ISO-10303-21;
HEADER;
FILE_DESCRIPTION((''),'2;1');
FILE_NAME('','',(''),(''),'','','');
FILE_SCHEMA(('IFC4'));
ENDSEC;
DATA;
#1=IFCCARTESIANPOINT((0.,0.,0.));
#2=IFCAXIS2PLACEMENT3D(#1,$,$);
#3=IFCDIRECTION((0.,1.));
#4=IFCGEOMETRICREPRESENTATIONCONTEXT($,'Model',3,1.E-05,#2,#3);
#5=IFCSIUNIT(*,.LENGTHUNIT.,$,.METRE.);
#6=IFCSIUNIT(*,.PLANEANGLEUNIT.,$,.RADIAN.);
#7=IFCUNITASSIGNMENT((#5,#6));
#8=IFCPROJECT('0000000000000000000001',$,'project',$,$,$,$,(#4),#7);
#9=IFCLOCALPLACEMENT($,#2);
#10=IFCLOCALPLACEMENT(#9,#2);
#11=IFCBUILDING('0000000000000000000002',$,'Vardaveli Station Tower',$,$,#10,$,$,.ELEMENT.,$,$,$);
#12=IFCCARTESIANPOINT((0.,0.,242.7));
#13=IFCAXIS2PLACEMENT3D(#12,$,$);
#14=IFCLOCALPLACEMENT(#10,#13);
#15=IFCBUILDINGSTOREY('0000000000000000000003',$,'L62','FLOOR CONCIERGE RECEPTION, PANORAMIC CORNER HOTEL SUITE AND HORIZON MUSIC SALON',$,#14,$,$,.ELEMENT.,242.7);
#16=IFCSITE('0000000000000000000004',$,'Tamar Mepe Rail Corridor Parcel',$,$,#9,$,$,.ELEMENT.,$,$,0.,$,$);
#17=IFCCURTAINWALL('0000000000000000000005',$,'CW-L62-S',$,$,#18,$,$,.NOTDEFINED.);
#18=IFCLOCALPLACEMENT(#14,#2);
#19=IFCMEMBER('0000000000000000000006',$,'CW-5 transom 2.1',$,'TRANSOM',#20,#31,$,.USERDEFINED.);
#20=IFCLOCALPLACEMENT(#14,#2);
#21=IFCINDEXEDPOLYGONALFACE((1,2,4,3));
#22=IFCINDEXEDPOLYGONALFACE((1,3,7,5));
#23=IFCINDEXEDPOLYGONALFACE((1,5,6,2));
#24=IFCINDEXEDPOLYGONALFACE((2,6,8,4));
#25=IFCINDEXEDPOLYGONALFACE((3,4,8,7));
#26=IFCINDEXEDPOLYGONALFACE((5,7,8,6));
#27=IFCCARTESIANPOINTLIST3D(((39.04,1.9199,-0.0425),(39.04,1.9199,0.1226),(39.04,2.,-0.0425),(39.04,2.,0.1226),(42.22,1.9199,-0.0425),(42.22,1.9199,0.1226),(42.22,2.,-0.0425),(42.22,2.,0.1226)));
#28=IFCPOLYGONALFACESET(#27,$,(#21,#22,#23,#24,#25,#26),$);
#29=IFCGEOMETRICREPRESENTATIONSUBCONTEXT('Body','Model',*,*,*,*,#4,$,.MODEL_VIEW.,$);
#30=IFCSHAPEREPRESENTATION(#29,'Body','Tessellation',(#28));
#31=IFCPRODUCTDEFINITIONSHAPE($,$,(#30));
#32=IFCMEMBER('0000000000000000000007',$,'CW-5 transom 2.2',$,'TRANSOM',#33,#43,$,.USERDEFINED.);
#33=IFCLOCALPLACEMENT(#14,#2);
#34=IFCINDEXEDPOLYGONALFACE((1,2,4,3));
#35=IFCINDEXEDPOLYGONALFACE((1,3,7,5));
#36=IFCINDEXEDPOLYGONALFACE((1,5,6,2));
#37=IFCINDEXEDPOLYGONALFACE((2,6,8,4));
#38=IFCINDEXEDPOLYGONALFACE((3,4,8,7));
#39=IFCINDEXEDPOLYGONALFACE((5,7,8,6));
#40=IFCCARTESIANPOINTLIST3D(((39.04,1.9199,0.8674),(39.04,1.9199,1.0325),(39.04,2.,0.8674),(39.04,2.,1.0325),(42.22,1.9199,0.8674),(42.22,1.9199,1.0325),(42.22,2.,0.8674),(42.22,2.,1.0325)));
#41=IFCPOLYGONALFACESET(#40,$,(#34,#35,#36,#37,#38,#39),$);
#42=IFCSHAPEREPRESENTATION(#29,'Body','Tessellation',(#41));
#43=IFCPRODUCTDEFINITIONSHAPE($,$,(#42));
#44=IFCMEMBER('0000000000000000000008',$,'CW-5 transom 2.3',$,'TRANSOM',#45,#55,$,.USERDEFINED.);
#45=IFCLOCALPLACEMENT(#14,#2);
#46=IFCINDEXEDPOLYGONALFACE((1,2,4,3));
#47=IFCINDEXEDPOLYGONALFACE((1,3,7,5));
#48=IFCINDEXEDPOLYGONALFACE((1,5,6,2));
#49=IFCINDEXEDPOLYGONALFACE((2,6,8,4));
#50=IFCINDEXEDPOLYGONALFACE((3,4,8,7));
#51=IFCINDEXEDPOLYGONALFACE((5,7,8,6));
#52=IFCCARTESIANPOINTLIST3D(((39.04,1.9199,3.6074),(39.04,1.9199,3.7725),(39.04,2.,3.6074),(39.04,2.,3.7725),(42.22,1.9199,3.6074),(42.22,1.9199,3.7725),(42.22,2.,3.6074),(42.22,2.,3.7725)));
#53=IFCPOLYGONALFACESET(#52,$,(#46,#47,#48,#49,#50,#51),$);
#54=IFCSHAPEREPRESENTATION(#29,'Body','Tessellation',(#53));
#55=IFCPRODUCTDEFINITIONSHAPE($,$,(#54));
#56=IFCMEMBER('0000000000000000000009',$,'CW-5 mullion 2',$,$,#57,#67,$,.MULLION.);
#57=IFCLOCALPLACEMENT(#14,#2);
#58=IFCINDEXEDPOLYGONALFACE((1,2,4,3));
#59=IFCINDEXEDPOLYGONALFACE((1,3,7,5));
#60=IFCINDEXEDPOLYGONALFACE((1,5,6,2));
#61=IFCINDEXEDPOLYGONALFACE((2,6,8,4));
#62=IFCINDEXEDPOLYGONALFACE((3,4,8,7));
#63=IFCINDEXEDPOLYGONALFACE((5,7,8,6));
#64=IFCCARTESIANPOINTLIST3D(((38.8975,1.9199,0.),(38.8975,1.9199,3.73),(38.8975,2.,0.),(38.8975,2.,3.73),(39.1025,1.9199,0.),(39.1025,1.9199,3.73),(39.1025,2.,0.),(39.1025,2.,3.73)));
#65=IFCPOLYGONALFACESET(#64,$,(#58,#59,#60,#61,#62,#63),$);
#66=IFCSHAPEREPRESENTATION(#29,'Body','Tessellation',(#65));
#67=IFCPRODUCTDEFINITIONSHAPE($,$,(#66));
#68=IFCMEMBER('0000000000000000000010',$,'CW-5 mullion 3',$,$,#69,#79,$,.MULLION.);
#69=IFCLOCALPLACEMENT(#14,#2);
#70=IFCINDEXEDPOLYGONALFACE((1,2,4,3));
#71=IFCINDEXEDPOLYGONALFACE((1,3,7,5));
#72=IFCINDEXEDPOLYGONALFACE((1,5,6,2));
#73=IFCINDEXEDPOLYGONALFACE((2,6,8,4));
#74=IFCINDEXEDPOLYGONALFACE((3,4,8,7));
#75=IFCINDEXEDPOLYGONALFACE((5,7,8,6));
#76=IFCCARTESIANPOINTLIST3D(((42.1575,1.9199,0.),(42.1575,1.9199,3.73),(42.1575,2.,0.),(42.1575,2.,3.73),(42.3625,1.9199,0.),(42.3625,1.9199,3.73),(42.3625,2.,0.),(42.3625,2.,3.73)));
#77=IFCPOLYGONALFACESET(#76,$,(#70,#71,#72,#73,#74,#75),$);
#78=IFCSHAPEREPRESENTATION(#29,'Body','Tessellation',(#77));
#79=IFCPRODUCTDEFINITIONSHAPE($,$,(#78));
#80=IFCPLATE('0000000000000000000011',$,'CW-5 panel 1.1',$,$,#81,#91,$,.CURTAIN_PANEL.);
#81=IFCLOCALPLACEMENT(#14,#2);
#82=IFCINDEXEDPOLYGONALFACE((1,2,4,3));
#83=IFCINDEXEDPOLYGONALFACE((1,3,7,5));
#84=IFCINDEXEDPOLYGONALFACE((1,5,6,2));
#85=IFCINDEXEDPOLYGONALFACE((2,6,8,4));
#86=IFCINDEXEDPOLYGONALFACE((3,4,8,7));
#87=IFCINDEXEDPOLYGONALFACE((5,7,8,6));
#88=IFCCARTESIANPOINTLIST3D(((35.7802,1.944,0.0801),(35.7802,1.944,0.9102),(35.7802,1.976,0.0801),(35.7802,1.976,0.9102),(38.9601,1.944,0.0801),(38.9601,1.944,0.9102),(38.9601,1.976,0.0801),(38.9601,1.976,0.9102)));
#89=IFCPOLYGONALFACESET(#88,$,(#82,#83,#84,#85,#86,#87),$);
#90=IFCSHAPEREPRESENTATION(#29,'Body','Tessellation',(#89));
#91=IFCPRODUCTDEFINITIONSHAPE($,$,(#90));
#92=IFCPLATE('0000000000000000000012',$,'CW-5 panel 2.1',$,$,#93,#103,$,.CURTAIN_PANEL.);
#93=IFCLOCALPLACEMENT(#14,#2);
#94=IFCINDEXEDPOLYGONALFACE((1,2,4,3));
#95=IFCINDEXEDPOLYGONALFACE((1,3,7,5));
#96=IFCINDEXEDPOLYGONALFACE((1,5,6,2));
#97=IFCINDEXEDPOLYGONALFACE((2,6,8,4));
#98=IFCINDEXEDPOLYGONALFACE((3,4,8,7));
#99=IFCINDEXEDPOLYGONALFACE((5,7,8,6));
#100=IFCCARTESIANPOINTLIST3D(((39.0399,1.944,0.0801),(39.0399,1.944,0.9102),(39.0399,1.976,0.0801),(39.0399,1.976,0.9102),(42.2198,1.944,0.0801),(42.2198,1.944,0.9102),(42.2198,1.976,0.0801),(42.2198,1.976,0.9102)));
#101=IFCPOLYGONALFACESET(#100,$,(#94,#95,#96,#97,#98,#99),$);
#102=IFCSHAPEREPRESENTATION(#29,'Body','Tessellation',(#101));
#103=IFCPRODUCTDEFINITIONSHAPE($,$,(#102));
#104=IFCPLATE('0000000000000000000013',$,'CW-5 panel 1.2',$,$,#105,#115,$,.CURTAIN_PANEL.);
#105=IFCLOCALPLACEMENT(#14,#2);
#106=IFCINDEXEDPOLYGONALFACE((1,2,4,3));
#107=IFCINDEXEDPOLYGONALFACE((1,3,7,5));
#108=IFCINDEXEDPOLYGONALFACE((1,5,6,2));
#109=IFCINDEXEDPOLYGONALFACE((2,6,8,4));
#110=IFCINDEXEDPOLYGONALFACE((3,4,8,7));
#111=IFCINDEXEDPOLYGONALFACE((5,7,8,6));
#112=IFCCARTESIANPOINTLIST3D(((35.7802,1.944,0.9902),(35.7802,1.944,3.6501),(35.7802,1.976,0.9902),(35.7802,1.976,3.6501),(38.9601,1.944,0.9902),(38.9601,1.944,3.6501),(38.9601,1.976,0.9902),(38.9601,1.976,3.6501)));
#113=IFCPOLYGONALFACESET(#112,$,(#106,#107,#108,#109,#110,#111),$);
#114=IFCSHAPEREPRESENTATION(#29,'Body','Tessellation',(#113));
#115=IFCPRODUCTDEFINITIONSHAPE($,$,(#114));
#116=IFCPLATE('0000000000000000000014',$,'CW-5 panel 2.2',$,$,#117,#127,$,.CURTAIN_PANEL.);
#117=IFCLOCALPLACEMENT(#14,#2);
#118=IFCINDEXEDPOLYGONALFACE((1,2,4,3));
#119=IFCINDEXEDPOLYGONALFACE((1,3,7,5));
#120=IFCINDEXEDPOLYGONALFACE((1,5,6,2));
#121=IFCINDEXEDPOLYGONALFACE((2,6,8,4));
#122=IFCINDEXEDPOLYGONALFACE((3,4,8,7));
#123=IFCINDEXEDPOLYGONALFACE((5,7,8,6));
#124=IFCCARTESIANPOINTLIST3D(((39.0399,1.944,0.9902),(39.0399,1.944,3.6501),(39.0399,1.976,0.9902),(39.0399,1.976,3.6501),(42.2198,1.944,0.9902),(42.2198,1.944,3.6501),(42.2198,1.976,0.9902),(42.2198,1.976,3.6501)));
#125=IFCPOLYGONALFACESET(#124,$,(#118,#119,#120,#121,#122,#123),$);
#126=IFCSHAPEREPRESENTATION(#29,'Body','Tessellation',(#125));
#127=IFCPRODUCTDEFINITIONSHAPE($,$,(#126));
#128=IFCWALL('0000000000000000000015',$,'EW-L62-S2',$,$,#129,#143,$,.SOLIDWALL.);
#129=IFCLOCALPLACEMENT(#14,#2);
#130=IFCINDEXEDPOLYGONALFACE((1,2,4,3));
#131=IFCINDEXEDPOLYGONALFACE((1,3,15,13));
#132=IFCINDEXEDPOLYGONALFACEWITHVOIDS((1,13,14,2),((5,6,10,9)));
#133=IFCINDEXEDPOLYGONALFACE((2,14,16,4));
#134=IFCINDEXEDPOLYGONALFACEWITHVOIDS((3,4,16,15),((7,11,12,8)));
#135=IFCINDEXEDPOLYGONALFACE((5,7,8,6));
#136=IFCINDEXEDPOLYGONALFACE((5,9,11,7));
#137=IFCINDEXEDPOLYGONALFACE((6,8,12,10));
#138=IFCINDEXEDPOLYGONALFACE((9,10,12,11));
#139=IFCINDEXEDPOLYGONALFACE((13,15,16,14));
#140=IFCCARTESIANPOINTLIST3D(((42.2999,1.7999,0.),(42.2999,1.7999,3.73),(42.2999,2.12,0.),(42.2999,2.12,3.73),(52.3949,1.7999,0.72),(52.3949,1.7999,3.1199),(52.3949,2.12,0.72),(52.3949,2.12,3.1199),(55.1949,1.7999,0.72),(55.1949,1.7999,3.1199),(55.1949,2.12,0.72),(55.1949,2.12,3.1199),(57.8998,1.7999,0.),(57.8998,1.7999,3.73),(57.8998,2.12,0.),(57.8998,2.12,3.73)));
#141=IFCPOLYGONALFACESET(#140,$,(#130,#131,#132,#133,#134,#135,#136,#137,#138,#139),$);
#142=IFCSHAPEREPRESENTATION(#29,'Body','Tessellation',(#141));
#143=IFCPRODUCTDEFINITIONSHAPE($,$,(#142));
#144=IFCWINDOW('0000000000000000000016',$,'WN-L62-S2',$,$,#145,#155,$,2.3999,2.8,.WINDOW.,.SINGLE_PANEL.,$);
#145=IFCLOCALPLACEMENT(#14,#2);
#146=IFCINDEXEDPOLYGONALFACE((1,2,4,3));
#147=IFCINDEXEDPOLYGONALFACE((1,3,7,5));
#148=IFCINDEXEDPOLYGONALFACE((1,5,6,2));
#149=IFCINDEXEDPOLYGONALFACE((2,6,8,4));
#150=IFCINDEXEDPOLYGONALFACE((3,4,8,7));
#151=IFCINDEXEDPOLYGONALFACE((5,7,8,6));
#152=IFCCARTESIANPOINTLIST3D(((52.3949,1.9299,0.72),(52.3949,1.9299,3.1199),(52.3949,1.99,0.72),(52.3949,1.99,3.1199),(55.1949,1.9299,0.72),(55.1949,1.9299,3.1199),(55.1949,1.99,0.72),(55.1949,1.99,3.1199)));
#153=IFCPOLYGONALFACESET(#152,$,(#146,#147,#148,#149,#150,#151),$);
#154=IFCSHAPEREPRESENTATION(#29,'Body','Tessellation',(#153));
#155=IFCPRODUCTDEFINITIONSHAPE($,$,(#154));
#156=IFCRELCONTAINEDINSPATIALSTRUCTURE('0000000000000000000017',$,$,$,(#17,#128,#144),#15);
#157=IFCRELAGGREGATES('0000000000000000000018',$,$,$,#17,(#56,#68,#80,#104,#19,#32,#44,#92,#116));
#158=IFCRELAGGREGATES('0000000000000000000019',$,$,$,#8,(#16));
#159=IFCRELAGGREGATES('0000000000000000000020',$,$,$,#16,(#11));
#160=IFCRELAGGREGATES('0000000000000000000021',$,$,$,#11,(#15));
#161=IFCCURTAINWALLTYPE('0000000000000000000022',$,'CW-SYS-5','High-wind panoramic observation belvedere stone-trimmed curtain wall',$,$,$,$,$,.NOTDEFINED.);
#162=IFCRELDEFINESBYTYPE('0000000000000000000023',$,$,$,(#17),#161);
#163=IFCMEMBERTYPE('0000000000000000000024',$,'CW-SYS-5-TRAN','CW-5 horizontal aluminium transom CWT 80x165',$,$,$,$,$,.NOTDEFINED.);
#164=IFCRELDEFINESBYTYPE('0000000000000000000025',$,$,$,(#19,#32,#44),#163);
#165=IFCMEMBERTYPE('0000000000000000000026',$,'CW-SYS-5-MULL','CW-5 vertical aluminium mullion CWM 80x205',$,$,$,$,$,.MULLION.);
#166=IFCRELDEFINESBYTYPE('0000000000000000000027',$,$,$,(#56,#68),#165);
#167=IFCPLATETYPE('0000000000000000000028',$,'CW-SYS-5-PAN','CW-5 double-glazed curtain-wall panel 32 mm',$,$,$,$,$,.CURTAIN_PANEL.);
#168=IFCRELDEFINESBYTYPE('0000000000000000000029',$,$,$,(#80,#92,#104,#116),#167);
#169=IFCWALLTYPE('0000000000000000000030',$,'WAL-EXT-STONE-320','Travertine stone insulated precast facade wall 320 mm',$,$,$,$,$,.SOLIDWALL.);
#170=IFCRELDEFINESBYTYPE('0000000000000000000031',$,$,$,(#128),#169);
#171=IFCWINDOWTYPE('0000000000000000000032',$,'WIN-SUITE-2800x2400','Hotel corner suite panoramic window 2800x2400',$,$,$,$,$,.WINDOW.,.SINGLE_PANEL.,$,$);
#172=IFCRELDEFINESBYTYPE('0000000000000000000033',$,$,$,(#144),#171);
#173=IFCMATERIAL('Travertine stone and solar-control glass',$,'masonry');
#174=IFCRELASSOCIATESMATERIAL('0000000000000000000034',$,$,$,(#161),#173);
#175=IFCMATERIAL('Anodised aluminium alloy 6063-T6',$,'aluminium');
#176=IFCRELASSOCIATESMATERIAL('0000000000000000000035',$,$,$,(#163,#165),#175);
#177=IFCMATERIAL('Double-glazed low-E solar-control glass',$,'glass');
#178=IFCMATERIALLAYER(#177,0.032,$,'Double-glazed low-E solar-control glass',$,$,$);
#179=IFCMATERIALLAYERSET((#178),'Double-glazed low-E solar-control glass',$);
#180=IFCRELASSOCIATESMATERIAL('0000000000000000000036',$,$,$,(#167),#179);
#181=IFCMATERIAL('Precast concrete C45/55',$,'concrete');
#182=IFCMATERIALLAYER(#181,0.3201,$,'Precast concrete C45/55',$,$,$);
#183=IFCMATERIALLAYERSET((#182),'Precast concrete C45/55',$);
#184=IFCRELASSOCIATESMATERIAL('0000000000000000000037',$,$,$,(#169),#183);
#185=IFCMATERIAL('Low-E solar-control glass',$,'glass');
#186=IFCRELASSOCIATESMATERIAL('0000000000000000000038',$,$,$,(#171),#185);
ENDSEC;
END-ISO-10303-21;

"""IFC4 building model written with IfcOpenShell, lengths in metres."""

from ifc_helpers import new_model, si_unit, direction, frame, frame_2d, origin, origin_2d, place, context, subcontext, project, spatial, rectangle, extrude, source, transform, mapped, material, layer, layer_set, material_profile, profile_set, type_object, element, fill, aggregate, save


model = new_model("IFC4")

# Units and contexts
model_context = context("Model", 3, precision=1e-05, world=origin(), true_north=direction((0.0, 1.0)))
body_context = subcontext(model_context, "Body", "Model", "MODEL_VIEW")
ifc_project = project(units=[si_unit("LENGTHUNIT", "METRE"), si_unit("PLANEANGLEUNIT", "RADIAN")], contexts=[model_context])

# Site, building, storey
site_placement = place(None, origin())
site = spatial("IfcSite", under=ifc_project, at=site_placement, Name="Tamar Mepe Rail Corridor Parcel", CompositionType="ELEMENT", RefElevation=0.0)
building_placement = place(site_placement, origin())
building = spatial("IfcBuilding", under=site, at=building_placement, Name="Vardaveli Station Tower", CompositionType="ELEMENT")
storey_placement = place(building_placement, frame((0.0, 0.0, 242.7)))
storey = spatial("IfcBuildingStorey", under=building, at=storey_placement, Name="L62", Description="FLOOR CONCIERGE RECEPTION, PANORAMIC CORNER HOTEL SUITE AND HORIZON MUSIC SALON", CompositionType="ELEMENT", Elevation=242.7)

# Curtain wall, members, plates
ifc_material_1 = material(Name="Travertine stone and solar-control glass", Category="masonry")
curtain_wall_type = type_object("IfcCurtainWallType", Name="CW-SYS-5", Description="High-wind panoramic observation belvedere stone-trimmed curtain wall", PredefinedType="NOTDEFINED", material=ifc_material_1)
curtain_wall_placement = place(storey_placement, origin())
curtain_wall = element("IfcCurtainWall", 1, at=curtain_wall_placement, inside=storey, type_object=curtain_wall_type, Name="CW-L62-S", PredefinedType="NOTDEFINED")
ifc_material_2 = material(Name="Anodised aluminium alloy 6063-T6", Category="aluminium")
ifc_material_profile_1 = material_profile(ifc_material_2, rectangle(XDim=0.0801, YDim=0.165, at=origin_2d()), Name="CWT 80x165")
ifc_profile_set_1 = profile_set([ifc_material_profile_1], Name="Anodised aluminium alloy 6063-T6")
member_type_1 = type_object("IfcMemberType", Name="CW-SYS-5-TRAN", Description="CW-5 horizontal aluminium transom CWT 80x165", PredefinedType="NOTDEFINED", material=ifc_profile_set_1)
shared_shape_1 = source(origin(), body_context, "Body", "SweptSolid", [
    extrude(rectangle(XDim=0.0801, YDim=0.165, at=origin_2d()), origin(), (0.0, 0.0, 1.0), 3.1799),
])
member_1_placement = place(storey_placement, frame((39.04, 1.96, 0.04), z_axis=(1.0, 0.0, 0.0), x_axis=(0.0, 1.0, 0.0)))
member_1 = element("IfcMember", 2, at=member_1_placement, type_object=member_type_1, Name="CW-5 transom 2.1", ObjectType="TRANSOM", PredefinedType="USERDEFINED", context=body_context, shape_type="MappedRepresentation", body=[
    mapped(shared_shape_1, transform((0.0, 0.0, 0.0), scale=1.0)),
])
member_2_placement = place(storey_placement, frame((39.04, 1.96, 0.95), z_axis=(1.0, 0.0, 0.0), x_axis=(0.0, 1.0, 0.0)))
member_2 = element("IfcMember", 3, at=member_2_placement, type_object=member_type_1, Name="CW-5 transom 2.2", ObjectType="TRANSOM", PredefinedType="USERDEFINED", context=body_context, shape_type="MappedRepresentation", body=[
    mapped(shared_shape_1, transform((0.0, 0.0, 0.0), scale=1.0)),
])
member_3_placement = place(storey_placement, frame((39.04, 1.96, 3.6899), z_axis=(1.0, 0.0, 0.0), x_axis=(0.0, 1.0, 0.0)))
member_3 = element("IfcMember", 4, at=member_3_placement, type_object=member_type_1, Name="CW-5 transom 2.3", ObjectType="TRANSOM", PredefinedType="USERDEFINED", context=body_context, shape_type="MappedRepresentation", body=[
    mapped(shared_shape_1, transform((0.0, 0.0, 0.0), scale=1.0)),
])
ifc_material_profile_2 = material_profile(ifc_material_2, rectangle(XDim=0.0801, YDim=0.2051, at=origin_2d()), Name="CWM 80x205")
ifc_profile_set_2 = profile_set([ifc_material_profile_2], Name="Anodised aluminium alloy 6063-T6")
member_type_2 = type_object("IfcMemberType", Name="CW-SYS-5-MULL", Description="CW-5 vertical aluminium mullion CWM 80x205", PredefinedType="MULLION", material=ifc_profile_set_2)
shared_shape_2 = source(origin(), body_context, "Body", "SweptSolid", [
    extrude(rectangle(XDim=0.0801, YDim=0.2051, at=origin_2d()), origin(), (0.0, 0.0, 1.0), 3.73),
])
member_4_placement = place(storey_placement, frame((39.0, 1.96, 0.0), z_axis=(0.0, 0.0, 1.0), x_axis=(0.0, 1.0, 0.0)))
member_4 = element("IfcMember", 5, at=member_4_placement, type_object=member_type_2, Name="CW-5 mullion 2", PredefinedType="MULLION", context=body_context, shape_type="MappedRepresentation", body=[
    mapped(shared_shape_2, transform((0.0, 0.0, 0.0), scale=1.0)),
])
member_5_placement = place(storey_placement, frame((42.26, 1.96, 0.0), z_axis=(0.0, 0.0, 1.0), x_axis=(0.0, 1.0, 0.0)))
member_5 = element("IfcMember", 6, at=member_5_placement, type_object=member_type_2, Name="CW-5 mullion 3", PredefinedType="MULLION", context=body_context, shape_type="MappedRepresentation", body=[
    mapped(shared_shape_2, transform((0.0, 0.0, 0.0), scale=1.0)),
])
ifc_material_3 = material(Name="Double-glazed low-E solar-control glass", Category="glass")
ifc_layer_1 = layer(ifc_material_3, 0.032, Name="Double-glazed low-E solar-control glass")
ifc_layer_set_1 = layer_set([ifc_layer_1], Name="Double-glazed low-E solar-control glass")
plate_type = type_object("IfcPlateType", Name="CW-SYS-5-PAN", Description="CW-5 double-glazed curtain-wall panel 32 mm", PredefinedType="CURTAIN_PANEL", material=ifc_layer_set_1)
shared_shape_3 = source(origin(), body_context, "Body", "SweptSolid", [
    extrude(rectangle(XDim=3.1799, YDim=0.032, at=origin_2d()), origin(), (0.0, 0.0, 1.0), 0.8301),
])
plate_1_placement = place(storey_placement, frame((37.3701, 1.96, 0.0801), z_axis=(0.0, 0.0, 1.0), x_axis=(1.0, 0.0, 0.0)))
plate_1 = element("IfcPlate", 7, at=plate_1_placement, type_object=plate_type, Name="CW-5 panel 1.1", PredefinedType="CURTAIN_PANEL", context=body_context, shape_type="MappedRepresentation", body=[
    mapped(shared_shape_3, transform((0.0, 0.0, 0.0), scale=1.0)),
])
plate_2_placement = place(storey_placement, frame((40.6299, 1.96, 0.0801), z_axis=(0.0, 0.0, 1.0), x_axis=(1.0, 0.0, 0.0)))
plate_2 = element("IfcPlate", 8, at=plate_2_placement, type_object=plate_type, Name="CW-5 panel 2.1", PredefinedType="CURTAIN_PANEL", context=body_context, shape_type="MappedRepresentation", body=[
    mapped(shared_shape_3, transform((0.0, 0.0, 0.0), scale=1.0)),
])
shared_shape_4 = source(origin(), body_context, "Body", "SweptSolid", [
    extrude(rectangle(XDim=3.1799, YDim=0.032, at=origin_2d()), origin(), (0.0, 0.0, 1.0), 2.6599),
])
plate_3_placement = place(storey_placement, frame((37.3701, 1.96, 0.9902), z_axis=(0.0, 0.0, 1.0), x_axis=(1.0, 0.0, 0.0)))
plate_3 = element("IfcPlate", 9, at=plate_3_placement, type_object=plate_type, Name="CW-5 panel 1.2", PredefinedType="CURTAIN_PANEL", context=body_context, shape_type="MappedRepresentation", body=[
    mapped(shared_shape_4, transform((0.0, 0.0, 0.0), scale=1.0)),
])
plate_4_placement = place(storey_placement, frame((40.6299, 1.96, 0.9902), z_axis=(0.0, 0.0, 1.0), x_axis=(1.0, 0.0, 0.0)))
plate_4 = element("IfcPlate", 10, at=plate_4_placement, type_object=plate_type, Name="CW-5 panel 2.2", PredefinedType="CURTAIN_PANEL", context=body_context, shape_type="MappedRepresentation", body=[
    mapped(shared_shape_4, transform((0.0, 0.0, 0.0), scale=1.0)),
])
aggregate(curtain_wall, [member_4, member_5, plate_1, plate_3, member_1, member_2, member_3, plate_2, plate_4])

# Wall, opening, window
ifc_material_4 = material(Name="Precast concrete C45/55", Category="concrete")
ifc_layer_2 = layer(ifc_material_4, 0.3201, Name="Precast concrete C45/55")
ifc_layer_set_2 = layer_set([ifc_layer_2], Name="Precast concrete C45/55")
wall_type_1 = type_object("IfcWallType", Name="WAL-EXT-STONE-320", Description="Travertine stone insulated precast facade wall 320 mm", PredefinedType="SOLIDWALL", material=ifc_layer_set_2)
shared_shape_5 = source(origin(), body_context, "Body", "SweptSolid", [
    extrude(rectangle(XDim=15.5999, YDim=0.3201, at=frame_2d((7.7998, 0.0))), origin(), (0.0, 0.0, 1.0), 3.73),
])
wall_1_placement = place(storey_placement, frame((42.3, 1.96, 0.0), z_axis=(0.0, 0.0, 1.0), x_axis=(1.0, 0.0, 0.0)))
wall_1 = element("IfcWall", 11, at=wall_1_placement, inside=storey, type_object=wall_type_1, Name="EW-L62-S2", PredefinedType="SOLIDWALL", context=body_context, shape_type="MappedRepresentation", body=[
    mapped(shared_shape_5, transform((0.0, 0.0, 0.0), scale=1.0)),
])
shared_shape_6 = source(origin(), body_context, "Body", "SweptSolid", [
    extrude(rectangle(XDim=2.8, YDim=2.3999, at=frame_2d((1.3999, 1.2))), frame((0.0, 0.1699, 0.0), z_axis=(0.0, -1.0, 0.0), x_axis=(1.0, 0.0, 0.0)), (0.0, 0.0, 1.0), 0.3401),
])
opening_1_placement = place(wall_1_placement, frame((10.095, 0.0, 0.72)))
opening_1 = element("IfcOpeningElement", 12, at=opening_1_placement, cuts=wall_1, PredefinedType="OPENING", context=body_context, shape_type="MappedRepresentation", body=[
    mapped(shared_shape_6, transform((0.0, 0.0, 0.0), scale=1.0)),
])
ifc_material_5 = material(Name="Low-E solar-control glass", Category="glass")
window_type = type_object("IfcWindowType", Name="WIN-SUITE-2800x2400", Description="Hotel corner suite panoramic window 2800x2400", PartitioningType="SINGLE_PANEL", PredefinedType="WINDOW", material=ifc_material_5)
shared_shape_7 = source(origin(), body_context, "Body", "SweptSolid", [
    extrude(rectangle(XDim=2.8, YDim=2.3999, at=frame_2d((1.3999, 1.2))), frame((0.0, 0.03, 0.0), z_axis=(0.0, -1.0, 0.0), x_axis=(1.0, 0.0, 0.0)), (0.0, 0.0, 1.0), 0.0601),
])
window_placement = place(opening_1_placement, origin())
window = element("IfcWindow", 13, at=window_placement, inside=storey, type_object=window_type, Name="WN-L62-S2", OverallHeight=2.3999, OverallWidth=2.8, PartitioningType="SINGLE_PANEL", PredefinedType="WINDOW", context=body_context, shape_type="MappedRepresentation", body=[
    mapped(shared_shape_7, transform((0.0, 0.0, 0.0), scale=1.0)),
])
fill(opening_1, window)

save(model, "model.ifc")
